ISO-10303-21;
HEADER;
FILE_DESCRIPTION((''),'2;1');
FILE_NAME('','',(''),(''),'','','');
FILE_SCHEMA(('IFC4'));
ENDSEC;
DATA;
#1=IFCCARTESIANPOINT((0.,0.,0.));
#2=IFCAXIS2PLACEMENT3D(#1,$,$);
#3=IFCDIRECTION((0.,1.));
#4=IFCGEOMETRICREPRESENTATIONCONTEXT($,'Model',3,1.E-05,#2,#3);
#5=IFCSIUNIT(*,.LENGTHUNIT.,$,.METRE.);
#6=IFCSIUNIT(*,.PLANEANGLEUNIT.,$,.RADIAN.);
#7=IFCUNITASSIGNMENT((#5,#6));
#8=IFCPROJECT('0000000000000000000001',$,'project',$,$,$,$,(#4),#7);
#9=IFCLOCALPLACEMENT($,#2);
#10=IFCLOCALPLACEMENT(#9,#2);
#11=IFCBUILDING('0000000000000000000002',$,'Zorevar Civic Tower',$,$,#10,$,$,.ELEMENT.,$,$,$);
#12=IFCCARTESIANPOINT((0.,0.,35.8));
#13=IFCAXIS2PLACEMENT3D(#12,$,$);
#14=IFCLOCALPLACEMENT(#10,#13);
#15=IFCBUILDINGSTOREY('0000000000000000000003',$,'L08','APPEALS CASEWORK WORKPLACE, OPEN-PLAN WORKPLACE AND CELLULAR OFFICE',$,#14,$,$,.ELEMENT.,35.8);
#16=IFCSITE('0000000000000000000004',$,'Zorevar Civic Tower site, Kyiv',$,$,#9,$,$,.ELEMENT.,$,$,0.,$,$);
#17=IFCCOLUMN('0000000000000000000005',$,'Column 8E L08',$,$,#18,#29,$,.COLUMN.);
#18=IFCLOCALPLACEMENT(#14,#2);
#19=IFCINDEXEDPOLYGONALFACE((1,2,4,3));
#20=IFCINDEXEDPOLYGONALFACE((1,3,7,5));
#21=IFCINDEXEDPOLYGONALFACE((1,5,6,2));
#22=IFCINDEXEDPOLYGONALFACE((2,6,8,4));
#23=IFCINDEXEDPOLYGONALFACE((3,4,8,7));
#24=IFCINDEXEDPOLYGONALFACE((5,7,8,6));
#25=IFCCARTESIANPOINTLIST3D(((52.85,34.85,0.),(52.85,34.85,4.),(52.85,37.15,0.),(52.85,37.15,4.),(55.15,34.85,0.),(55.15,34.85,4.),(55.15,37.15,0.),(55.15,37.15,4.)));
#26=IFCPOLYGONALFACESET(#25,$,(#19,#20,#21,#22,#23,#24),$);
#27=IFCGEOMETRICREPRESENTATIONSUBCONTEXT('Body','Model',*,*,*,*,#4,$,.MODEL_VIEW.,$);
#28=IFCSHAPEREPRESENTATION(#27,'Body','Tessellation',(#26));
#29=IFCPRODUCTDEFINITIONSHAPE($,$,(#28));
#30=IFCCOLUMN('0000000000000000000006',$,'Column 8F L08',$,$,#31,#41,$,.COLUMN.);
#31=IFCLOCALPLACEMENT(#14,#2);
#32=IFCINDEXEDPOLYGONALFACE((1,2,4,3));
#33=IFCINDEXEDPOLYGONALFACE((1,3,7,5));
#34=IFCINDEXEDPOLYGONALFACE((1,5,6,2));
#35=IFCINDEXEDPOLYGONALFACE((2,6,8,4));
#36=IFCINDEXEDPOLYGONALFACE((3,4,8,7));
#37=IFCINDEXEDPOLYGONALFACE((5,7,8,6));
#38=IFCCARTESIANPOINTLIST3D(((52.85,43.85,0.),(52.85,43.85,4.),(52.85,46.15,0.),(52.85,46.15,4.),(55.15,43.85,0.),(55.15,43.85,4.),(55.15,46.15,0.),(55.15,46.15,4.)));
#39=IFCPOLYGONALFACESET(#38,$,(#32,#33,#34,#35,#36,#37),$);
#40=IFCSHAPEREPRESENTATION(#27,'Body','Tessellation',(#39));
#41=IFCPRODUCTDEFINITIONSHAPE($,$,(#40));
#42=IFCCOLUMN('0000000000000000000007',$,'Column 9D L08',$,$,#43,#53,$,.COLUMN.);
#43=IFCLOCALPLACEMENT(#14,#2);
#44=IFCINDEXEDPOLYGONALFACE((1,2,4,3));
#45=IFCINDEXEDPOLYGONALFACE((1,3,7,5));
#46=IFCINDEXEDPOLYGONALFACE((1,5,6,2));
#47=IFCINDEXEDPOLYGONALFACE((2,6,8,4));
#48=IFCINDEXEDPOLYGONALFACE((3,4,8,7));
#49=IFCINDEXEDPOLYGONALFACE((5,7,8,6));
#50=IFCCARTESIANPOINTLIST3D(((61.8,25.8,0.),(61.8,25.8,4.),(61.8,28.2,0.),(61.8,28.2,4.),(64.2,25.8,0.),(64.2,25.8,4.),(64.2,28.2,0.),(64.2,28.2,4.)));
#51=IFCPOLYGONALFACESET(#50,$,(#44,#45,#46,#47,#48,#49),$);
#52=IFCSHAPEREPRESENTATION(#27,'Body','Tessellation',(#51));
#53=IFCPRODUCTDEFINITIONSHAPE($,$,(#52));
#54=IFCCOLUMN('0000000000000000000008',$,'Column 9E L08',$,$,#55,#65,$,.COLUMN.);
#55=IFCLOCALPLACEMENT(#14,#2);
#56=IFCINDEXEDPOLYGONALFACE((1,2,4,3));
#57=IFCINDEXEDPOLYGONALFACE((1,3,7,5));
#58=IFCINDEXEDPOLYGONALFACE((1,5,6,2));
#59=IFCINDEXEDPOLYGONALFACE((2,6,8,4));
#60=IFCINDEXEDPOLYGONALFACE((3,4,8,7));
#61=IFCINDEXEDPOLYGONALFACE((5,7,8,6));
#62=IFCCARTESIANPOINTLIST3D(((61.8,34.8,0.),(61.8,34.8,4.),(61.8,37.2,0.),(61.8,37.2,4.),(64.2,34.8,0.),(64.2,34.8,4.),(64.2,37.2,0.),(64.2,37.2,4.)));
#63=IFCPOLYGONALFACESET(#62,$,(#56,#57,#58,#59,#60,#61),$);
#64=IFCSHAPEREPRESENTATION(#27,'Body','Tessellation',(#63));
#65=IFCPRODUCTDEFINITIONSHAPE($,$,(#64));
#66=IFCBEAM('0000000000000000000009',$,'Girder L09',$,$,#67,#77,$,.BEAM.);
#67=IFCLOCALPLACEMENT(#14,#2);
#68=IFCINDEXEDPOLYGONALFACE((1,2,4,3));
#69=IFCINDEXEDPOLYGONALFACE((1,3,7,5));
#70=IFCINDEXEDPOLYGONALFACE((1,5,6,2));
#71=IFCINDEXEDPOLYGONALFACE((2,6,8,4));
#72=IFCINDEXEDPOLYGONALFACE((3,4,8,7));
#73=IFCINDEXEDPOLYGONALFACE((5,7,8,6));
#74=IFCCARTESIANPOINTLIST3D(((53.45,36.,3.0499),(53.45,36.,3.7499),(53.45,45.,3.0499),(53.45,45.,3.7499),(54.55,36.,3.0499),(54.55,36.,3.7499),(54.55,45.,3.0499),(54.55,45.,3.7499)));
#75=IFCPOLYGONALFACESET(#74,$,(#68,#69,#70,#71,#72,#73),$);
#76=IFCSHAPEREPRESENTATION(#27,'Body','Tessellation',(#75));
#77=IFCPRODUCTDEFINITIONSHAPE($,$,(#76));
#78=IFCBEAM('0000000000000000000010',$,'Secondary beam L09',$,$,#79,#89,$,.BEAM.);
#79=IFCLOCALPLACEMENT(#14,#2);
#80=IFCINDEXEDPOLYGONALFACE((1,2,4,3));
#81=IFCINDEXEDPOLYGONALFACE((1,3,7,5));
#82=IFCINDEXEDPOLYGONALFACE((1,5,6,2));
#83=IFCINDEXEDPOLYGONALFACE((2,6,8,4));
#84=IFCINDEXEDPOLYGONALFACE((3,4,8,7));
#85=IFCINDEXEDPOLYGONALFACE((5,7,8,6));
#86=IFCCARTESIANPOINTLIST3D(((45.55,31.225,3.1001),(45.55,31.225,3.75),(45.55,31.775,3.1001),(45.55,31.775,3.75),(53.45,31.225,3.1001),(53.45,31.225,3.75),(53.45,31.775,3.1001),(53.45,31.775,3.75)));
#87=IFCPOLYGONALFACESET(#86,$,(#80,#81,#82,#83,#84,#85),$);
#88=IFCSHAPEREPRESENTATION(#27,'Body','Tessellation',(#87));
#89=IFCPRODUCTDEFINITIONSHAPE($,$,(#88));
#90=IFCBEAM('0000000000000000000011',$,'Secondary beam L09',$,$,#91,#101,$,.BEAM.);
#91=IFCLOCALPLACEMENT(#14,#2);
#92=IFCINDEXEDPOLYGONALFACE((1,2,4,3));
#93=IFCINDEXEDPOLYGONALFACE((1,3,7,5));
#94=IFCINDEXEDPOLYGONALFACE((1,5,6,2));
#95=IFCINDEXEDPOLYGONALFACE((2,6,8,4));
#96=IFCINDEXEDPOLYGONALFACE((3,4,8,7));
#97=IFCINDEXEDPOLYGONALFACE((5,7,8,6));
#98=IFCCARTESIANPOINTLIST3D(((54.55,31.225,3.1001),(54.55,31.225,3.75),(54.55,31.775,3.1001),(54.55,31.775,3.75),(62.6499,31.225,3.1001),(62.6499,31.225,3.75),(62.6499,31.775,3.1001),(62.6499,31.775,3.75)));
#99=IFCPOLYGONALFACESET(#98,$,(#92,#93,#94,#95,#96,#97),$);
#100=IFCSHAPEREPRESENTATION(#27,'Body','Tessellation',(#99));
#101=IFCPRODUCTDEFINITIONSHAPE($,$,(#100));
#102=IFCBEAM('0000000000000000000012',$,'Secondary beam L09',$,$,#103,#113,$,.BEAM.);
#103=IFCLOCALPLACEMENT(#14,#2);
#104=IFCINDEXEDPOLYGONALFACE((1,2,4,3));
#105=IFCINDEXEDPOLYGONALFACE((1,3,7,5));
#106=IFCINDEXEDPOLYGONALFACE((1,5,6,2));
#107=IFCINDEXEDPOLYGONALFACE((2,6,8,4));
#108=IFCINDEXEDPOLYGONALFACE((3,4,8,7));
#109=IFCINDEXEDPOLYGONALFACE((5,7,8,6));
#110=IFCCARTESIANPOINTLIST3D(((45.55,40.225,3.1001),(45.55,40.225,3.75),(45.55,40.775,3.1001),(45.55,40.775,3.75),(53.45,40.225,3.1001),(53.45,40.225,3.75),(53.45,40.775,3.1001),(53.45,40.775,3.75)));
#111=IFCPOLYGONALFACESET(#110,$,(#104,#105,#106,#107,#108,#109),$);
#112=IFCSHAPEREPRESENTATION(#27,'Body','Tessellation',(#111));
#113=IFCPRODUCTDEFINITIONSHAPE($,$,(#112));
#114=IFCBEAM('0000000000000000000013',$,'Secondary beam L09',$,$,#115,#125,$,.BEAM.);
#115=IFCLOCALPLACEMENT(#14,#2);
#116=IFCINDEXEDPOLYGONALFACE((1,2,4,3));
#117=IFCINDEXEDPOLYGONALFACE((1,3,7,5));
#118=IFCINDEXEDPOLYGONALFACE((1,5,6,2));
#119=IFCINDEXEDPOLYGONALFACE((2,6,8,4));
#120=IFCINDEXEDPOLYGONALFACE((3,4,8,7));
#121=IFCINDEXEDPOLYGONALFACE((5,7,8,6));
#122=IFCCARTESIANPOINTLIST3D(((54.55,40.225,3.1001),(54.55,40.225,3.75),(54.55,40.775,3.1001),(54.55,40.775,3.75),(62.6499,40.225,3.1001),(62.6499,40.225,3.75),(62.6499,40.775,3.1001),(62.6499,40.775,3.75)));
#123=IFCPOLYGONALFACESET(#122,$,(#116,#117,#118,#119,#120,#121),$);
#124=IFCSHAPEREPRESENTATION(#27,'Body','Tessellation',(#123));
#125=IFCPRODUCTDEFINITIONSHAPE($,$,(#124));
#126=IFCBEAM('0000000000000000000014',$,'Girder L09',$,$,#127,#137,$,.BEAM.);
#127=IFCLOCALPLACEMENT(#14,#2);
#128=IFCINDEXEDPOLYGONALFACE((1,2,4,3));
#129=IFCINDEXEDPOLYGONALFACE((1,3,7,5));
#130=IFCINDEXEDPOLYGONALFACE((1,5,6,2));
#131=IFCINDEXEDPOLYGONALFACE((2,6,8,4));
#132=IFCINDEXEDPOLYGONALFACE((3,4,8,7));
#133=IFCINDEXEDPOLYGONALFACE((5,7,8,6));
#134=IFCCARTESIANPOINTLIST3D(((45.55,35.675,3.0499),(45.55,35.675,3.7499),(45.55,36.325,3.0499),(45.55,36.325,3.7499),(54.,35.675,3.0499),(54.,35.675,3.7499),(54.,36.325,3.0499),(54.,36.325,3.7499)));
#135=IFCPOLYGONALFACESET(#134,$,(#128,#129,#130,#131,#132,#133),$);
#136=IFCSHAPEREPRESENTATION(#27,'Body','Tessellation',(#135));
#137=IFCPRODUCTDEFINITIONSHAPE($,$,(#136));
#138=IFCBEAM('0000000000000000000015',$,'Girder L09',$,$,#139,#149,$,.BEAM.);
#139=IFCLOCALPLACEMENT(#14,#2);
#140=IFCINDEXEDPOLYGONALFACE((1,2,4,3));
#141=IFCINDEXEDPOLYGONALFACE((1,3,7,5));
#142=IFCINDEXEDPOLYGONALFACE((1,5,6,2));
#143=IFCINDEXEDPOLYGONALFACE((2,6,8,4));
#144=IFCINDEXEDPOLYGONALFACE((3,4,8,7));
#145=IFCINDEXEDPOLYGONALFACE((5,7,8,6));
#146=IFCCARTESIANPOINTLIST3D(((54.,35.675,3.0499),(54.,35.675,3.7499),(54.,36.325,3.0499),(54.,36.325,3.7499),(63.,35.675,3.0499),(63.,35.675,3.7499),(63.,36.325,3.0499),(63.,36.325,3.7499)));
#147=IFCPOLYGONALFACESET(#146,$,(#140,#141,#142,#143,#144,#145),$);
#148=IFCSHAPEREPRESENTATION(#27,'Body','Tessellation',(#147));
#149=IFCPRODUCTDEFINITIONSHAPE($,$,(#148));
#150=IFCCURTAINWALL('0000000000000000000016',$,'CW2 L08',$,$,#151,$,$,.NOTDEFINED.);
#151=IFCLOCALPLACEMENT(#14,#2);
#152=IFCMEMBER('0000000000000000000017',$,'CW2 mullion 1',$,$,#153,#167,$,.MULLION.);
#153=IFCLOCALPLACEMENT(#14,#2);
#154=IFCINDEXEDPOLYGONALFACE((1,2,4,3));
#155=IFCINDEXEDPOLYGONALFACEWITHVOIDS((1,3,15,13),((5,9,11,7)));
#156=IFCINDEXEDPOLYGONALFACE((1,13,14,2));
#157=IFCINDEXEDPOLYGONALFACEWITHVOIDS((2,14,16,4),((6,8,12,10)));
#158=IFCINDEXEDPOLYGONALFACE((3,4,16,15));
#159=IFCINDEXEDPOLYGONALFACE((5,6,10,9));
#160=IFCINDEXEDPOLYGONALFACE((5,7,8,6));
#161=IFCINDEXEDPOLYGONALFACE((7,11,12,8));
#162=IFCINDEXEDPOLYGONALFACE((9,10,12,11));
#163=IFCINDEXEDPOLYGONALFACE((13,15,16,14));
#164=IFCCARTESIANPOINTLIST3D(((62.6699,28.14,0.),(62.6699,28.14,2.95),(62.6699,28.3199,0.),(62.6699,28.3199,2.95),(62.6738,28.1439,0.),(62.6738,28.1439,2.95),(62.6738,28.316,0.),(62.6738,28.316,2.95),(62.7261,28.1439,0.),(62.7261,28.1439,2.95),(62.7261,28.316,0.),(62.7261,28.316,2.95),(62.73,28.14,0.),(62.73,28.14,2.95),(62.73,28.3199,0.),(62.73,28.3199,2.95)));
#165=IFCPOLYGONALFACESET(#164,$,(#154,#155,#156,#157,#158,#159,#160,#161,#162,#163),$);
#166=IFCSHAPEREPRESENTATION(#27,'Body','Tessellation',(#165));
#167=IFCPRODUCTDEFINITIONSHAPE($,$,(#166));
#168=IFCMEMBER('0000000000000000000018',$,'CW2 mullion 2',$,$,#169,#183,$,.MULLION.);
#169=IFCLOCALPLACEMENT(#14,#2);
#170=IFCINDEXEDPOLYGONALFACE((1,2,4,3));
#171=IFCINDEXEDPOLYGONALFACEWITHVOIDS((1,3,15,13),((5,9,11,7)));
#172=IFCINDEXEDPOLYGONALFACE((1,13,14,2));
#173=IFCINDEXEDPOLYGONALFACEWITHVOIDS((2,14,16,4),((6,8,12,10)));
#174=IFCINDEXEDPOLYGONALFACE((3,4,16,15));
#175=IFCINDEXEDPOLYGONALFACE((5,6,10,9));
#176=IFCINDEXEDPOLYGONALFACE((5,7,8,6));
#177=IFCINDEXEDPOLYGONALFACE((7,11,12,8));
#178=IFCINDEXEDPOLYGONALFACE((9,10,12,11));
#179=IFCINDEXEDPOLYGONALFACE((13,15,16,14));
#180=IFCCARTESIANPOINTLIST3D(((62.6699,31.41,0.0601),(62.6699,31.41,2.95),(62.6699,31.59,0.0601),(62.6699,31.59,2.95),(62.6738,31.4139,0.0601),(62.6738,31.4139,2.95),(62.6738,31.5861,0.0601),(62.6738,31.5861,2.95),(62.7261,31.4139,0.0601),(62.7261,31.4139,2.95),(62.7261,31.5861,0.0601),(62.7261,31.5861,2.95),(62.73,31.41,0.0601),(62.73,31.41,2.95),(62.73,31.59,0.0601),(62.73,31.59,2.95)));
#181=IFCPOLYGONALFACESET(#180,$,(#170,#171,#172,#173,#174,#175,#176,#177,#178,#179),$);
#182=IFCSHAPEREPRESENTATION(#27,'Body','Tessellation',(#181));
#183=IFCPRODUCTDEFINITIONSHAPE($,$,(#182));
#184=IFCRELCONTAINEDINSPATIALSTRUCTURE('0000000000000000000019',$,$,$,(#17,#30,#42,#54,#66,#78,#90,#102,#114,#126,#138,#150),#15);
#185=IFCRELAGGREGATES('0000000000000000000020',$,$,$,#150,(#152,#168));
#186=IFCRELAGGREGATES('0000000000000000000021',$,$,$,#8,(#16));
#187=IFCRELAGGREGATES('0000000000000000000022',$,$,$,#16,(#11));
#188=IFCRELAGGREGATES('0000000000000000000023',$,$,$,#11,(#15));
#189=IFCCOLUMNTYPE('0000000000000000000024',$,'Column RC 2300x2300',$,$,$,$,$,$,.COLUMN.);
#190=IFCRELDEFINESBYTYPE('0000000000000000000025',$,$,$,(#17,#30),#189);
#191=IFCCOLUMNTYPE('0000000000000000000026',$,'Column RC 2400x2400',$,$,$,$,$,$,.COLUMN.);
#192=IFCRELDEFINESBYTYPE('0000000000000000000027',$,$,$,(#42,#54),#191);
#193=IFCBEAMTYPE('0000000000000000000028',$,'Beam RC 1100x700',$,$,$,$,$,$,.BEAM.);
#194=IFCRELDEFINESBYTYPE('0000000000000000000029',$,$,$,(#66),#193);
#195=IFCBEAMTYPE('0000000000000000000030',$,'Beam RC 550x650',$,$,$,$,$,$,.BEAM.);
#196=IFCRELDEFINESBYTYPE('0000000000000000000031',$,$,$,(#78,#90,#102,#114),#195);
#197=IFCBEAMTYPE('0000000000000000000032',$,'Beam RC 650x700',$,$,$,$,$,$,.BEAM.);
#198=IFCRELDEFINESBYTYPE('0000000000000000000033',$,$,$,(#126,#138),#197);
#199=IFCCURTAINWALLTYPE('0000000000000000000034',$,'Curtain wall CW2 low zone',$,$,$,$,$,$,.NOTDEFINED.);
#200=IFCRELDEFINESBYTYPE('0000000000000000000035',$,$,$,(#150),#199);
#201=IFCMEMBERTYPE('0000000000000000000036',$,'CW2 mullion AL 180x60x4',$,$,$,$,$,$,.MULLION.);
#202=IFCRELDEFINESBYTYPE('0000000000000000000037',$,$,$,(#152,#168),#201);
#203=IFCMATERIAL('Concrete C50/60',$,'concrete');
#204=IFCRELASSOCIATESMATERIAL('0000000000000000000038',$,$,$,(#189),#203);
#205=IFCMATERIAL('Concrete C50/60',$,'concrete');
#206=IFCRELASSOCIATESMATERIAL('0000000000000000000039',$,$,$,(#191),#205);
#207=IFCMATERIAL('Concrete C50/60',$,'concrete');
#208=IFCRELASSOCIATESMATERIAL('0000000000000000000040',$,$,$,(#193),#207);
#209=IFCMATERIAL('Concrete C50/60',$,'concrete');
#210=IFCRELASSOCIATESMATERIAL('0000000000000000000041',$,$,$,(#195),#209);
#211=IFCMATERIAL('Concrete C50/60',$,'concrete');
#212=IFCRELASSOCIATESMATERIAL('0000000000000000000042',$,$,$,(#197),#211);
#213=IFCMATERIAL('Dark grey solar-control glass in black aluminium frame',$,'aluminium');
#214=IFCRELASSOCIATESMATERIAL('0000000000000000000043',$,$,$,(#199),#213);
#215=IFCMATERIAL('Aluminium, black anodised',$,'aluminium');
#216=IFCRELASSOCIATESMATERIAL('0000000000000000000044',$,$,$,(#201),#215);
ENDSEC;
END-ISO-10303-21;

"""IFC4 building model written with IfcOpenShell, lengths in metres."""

from ifc_helpers import new_model, si_unit, direction, frame, origin, origin_2d, place, context, subcontext, project, spatial, rectangle, hollow_rectangle, extrude, material, material_profile, profile_set, type_object, element, aggregate, save


model = new_model("IFC4")

# Units and contexts
model_context = context("Model", 3, precision=1e-05, world=origin(), true_north=direction((0.0, 1.0)))
body_context = subcontext(model_context, "Body", "Model", "MODEL_VIEW")
ifc_project = project(units=[si_unit("LENGTHUNIT", "METRE"), si_unit("PLANEANGLEUNIT", "RADIAN")], contexts=[model_context])

# Site, building, storey
site_placement = place(None, origin())
site = spatial("IfcSite", under=ifc_project, at=site_placement, Name="Zorevar Civic Tower site, Kyiv", CompositionType="ELEMENT", RefElevation=0.0)
building_placement = place(site_placement, origin())
building = spatial("IfcBuilding", under=site, at=building_placement, Name="Zorevar Civic Tower", CompositionType="ELEMENT")
storey_placement = place(building_placement, frame((0.0, 0.0, 35.8)))
storey = spatial("IfcBuildingStorey", under=building, at=storey_placement, Name="L08", Description="APPEALS CASEWORK WORKPLACE, OPEN-PLAN WORKPLACE AND CELLULAR OFFICE", CompositionType="ELEMENT", Elevation=35.8)

# Columns
ifc_material_1 = material(Name="Concrete C50/60", Category="concrete")
ifc_material_profile_1 = material_profile(ifc_material_1, rectangle(XDim=2.3, YDim=2.3, at=origin_2d()), Name="RC 2300x2300")
ifc_profile_set_1 = profile_set([ifc_material_profile_1], Name="Concrete C50/60")
column_type_1 = type_object("IfcColumnType", Name="Column RC 2300x2300", PredefinedType="COLUMN", material=ifc_profile_set_1)
for number, where, z_axis, x_axis, name in (
    (1, (54.0, 36.0, 0.0), (0.0, 0.0, 1.0), (1.0, 0.0, 0.0), "Column 8E L08"),
    (2, (54.0, 45.0, 0.0), (0.0, 0.0, 1.0), (1.0, 0.0, 0.0), "Column 8F L08"),
):
    element("IfcColumn", number, at=place(storey_placement, frame(where, z_axis=z_axis, x_axis=x_axis)), inside=storey, type_object=column_type_1, Name=name, PredefinedType="COLUMN", context=body_context, shape_type="SweptSolid", body=[
        extrude(rectangle(XDim=2.3, YDim=2.3, at=origin_2d()), origin(), (0.0, 0.0, 1.0), 4.0),
    ])
ifc_material_2 = material(Name="Concrete C50/60", Category="concrete")
ifc_material_profile_2 = material_profile(ifc_material_2, rectangle(XDim=2.3999, YDim=2.3999, at=origin_2d()), Name="RC 2400x2400")
ifc_profile_set_2 = profile_set([ifc_material_profile_2], Name="Concrete C50/60")
column_type_2 = type_object("IfcColumnType", Name="Column RC 2400x2400", PredefinedType="COLUMN", material=ifc_profile_set_2)
for number, where, z_axis, x_axis, name in (
    (3, (63.0, 27.0, 0.0), (0.0, 0.0, 1.0), (1.0, 0.0, 0.0), "Column 9D L08"),
    (4, (63.0, 36.0, 0.0), (0.0, 0.0, 1.0), (1.0, 0.0, 0.0), "Column 9E L08"),
):
    element("IfcColumn", number, at=place(storey_placement, frame(where, z_axis=z_axis, x_axis=x_axis)), inside=storey, type_object=column_type_2, Name=name, PredefinedType="COLUMN", context=body_context, shape_type="SweptSolid", body=[
        extrude(rectangle(XDim=2.3999, YDim=2.3999, at=origin_2d()), origin(), (0.0, 0.0, 1.0), 4.0),
    ])

# Beams
ifc_material_3 = material(Name="Concrete C50/60", Category="concrete")
ifc_material_profile_3 = material_profile(ifc_material_3, rectangle(XDim=1.1001, YDim=0.7, at=origin_2d()), Name="RC 1100x700")
ifc_profile_set_3 = profile_set([ifc_material_profile_3], Name="Concrete C50/60")
beam_type_1 = type_object("IfcBeamType", Name="Beam RC 1100x700", PredefinedType="BEAM", material=ifc_profile_set_3)
beam_1_placement = place(storey_placement, frame((54.0, 36.0, 3.3999), z_axis=(0.0, 1.0, 0.0), x_axis=(-1.0, 0.0, 0.0)))
element("IfcBeam", 5, at=beam_1_placement, inside=storey, type_object=beam_type_1, Name="Girder L09", PredefinedType="BEAM", context=body_context, shape_type="SweptSolid", body=[
    extrude(rectangle(XDim=1.1001, YDim=0.7, at=origin_2d()), origin(), (0.0, 0.0, 1.0), 9.0),
])
ifc_material_4 = material(Name="Concrete C50/60", Category="concrete")
ifc_material_profile_4 = material_profile(ifc_material_4, rectangle(XDim=0.55, YDim=0.6499, at=origin_2d()), Name="RC 550x650")
ifc_profile_set_4 = profile_set([ifc_material_profile_4], Name="Concrete C50/60")
beam_type_2 = type_object("IfcBeamType", Name="Beam RC 550x650", PredefinedType="BEAM", material=ifc_profile_set_4)
beam_2_placement = place(storey_placement, frame((45.55, 31.5, 3.425), z_axis=(1.0, 0.0, 0.0), x_axis=(0.0, 1.0, 0.0)))
element("IfcBeam", 6, at=beam_2_placement, inside=storey, type_object=beam_type_2, Name="Secondary beam L09", PredefinedType="BEAM", context=body_context, shape_type="SweptSolid", body=[
    extrude(rectangle(XDim=0.55, YDim=0.6499, at=origin_2d()), origin(), (0.0, 0.0, 1.0), 7.8999),
])
beam_3_placement = place(storey_placement, frame((54.55, 31.5, 3.425), z_axis=(1.0, 0.0, 0.0), x_axis=(0.0, 1.0, 0.0)))
element("IfcBeam", 7, at=beam_3_placement, inside=storey, type_object=beam_type_2, Name="Secondary beam L09", PredefinedType="BEAM", context=body_context, shape_type="SweptSolid", body=[
    extrude(rectangle(XDim=0.55, YDim=0.6499, at=origin_2d()), origin(), (0.0, 0.0, 1.0), 8.0999),
])
beam_4_placement = place(storey_placement, frame((45.55, 40.5, 3.425), z_axis=(1.0, 0.0, 0.0), x_axis=(0.0, 1.0, 0.0)))
element("IfcBeam", 8, at=beam_4_placement, inside=storey, type_object=beam_type_2, Name="Secondary beam L09", PredefinedType="BEAM", context=body_context, shape_type="SweptSolid", body=[
    extrude(rectangle(XDim=0.55, YDim=0.6499, at=origin_2d()), origin(), (0.0, 0.0, 1.0), 7.8999),
])
beam_5_placement = place(storey_placement, frame((54.55, 40.5, 3.425), z_axis=(1.0, 0.0, 0.0), x_axis=(0.0, 1.0, 0.0)))
element("IfcBeam", 9, at=beam_5_placement, inside=storey, type_object=beam_type_2, Name="Secondary beam L09", PredefinedType="BEAM", context=body_context, shape_type="SweptSolid", body=[
    extrude(rectangle(XDim=0.55, YDim=0.6499, at=origin_2d()), origin(), (0.0, 0.0, 1.0), 8.0999),
])
ifc_material_5 = material(Name="Concrete C50/60", Category="concrete")
ifc_material_profile_5 = material_profile(ifc_material_5, rectangle(XDim=0.6499, YDim=0.7, at=origin_2d()), Name="RC 650x700")
ifc_profile_set_5 = profile_set([ifc_material_profile_5], Name="Concrete C50/60")
beam_type_3 = type_object("IfcBeamType", Name="Beam RC 650x700", PredefinedType="BEAM", material=ifc_profile_set_5)
beam_6_placement = place(storey_placement, frame((45.55, 36.0, 3.3999), z_axis=(1.0, 0.0, 0.0), x_axis=(0.0, 1.0, 0.0)))
element("IfcBeam", 10, at=beam_6_placement, inside=storey, type_object=beam_type_3, Name="Girder L09", PredefinedType="BEAM", context=body_context, shape_type="SweptSolid", body=[
    extrude(rectangle(XDim=0.6499, YDim=0.7, at=origin_2d()), origin(), (0.0, 0.0, 1.0), 8.45),
])
beam_7_placement = place(storey_placement, frame((54.0, 36.0, 3.3999), z_axis=(1.0, 0.0, 0.0), x_axis=(0.0, 1.0, 0.0)))
element("IfcBeam", 11, at=beam_7_placement, inside=storey, type_object=beam_type_3, Name="Girder L09", PredefinedType="BEAM", context=body_context, shape_type="SweptSolid", body=[
    extrude(rectangle(XDim=0.6499, YDim=0.7, at=origin_2d()), origin(), (0.0, 0.0, 1.0), 9.0),
])

# Curtain wall, members
ifc_material_6 = material(Name="Dark grey solar-control glass in black aluminium frame", Category="aluminium")
curtain_wall_type = type_object("IfcCurtainWallType", Name="Curtain wall CW2 low zone", PredefinedType="NOTDEFINED", material=ifc_material_6)
curtain_wall_1_placement = place(storey_placement, origin())
curtain_wall_1 = element("IfcCurtainWall", 12, at=curtain_wall_1_placement, inside=storey, type_object=curtain_wall_type, Name="CW2 L08", PredefinedType="NOTDEFINED")
ifc_material_7 = material(Name="Aluminium, black anodised", Category="aluminium")
ifc_material_profile_6 = material_profile(ifc_material_7, hollow_rectangle(XDim=0.0601, YDim=0.1799, WallThickness=0.0039, at=origin_2d()), Name="AL 180x60x4")
ifc_profile_set_6 = profile_set([ifc_material_profile_6], Name="Aluminium, black anodised")
member_type_1 = type_object("IfcMemberType", Name="CW2 mullion AL 180x60x4", PredefinedType="MULLION", material=ifc_profile_set_6)
member_1_placement = place(storey_placement, frame((62.7, 28.23, 0.0), z_axis=(0.0, 0.0, 1.0), x_axis=(-1.0, 0.0, 0.0)))
member_1 = element("IfcMember", 13, at=member_1_placement, type_object=member_type_1, Name="CW2 mullion 1", PredefinedType="MULLION", context=body_context, shape_type="SweptSolid", body=[
    extrude(hollow_rectangle(XDim=0.0601, YDim=0.1799, WallThickness=0.0039, at=origin_2d()), origin(), (0.0, 0.0, 1.0), 2.95),
])
member_2_placement = place(storey_placement, frame((62.7, 31.5, 0.0601), z_axis=(0.0, 0.0, 1.0), x_axis=(-1.0, 0.0, 0.0)))
member_2 = element("IfcMember", 14, at=member_2_placement, type_object=member_type_1, Name="CW2 mullion 2", PredefinedType="MULLION", context=body_context, shape_type="SweptSolid", body=[
    extrude(hollow_rectangle(XDim=0.0601, YDim=0.1799, WallThickness=0.0039, at=origin_2d()), origin(), (0.0, 0.0, 1.0), 2.8899),
])

aggregate(curtain_wall_1, [member_1, member_2])

save(model, "model.ifc")
